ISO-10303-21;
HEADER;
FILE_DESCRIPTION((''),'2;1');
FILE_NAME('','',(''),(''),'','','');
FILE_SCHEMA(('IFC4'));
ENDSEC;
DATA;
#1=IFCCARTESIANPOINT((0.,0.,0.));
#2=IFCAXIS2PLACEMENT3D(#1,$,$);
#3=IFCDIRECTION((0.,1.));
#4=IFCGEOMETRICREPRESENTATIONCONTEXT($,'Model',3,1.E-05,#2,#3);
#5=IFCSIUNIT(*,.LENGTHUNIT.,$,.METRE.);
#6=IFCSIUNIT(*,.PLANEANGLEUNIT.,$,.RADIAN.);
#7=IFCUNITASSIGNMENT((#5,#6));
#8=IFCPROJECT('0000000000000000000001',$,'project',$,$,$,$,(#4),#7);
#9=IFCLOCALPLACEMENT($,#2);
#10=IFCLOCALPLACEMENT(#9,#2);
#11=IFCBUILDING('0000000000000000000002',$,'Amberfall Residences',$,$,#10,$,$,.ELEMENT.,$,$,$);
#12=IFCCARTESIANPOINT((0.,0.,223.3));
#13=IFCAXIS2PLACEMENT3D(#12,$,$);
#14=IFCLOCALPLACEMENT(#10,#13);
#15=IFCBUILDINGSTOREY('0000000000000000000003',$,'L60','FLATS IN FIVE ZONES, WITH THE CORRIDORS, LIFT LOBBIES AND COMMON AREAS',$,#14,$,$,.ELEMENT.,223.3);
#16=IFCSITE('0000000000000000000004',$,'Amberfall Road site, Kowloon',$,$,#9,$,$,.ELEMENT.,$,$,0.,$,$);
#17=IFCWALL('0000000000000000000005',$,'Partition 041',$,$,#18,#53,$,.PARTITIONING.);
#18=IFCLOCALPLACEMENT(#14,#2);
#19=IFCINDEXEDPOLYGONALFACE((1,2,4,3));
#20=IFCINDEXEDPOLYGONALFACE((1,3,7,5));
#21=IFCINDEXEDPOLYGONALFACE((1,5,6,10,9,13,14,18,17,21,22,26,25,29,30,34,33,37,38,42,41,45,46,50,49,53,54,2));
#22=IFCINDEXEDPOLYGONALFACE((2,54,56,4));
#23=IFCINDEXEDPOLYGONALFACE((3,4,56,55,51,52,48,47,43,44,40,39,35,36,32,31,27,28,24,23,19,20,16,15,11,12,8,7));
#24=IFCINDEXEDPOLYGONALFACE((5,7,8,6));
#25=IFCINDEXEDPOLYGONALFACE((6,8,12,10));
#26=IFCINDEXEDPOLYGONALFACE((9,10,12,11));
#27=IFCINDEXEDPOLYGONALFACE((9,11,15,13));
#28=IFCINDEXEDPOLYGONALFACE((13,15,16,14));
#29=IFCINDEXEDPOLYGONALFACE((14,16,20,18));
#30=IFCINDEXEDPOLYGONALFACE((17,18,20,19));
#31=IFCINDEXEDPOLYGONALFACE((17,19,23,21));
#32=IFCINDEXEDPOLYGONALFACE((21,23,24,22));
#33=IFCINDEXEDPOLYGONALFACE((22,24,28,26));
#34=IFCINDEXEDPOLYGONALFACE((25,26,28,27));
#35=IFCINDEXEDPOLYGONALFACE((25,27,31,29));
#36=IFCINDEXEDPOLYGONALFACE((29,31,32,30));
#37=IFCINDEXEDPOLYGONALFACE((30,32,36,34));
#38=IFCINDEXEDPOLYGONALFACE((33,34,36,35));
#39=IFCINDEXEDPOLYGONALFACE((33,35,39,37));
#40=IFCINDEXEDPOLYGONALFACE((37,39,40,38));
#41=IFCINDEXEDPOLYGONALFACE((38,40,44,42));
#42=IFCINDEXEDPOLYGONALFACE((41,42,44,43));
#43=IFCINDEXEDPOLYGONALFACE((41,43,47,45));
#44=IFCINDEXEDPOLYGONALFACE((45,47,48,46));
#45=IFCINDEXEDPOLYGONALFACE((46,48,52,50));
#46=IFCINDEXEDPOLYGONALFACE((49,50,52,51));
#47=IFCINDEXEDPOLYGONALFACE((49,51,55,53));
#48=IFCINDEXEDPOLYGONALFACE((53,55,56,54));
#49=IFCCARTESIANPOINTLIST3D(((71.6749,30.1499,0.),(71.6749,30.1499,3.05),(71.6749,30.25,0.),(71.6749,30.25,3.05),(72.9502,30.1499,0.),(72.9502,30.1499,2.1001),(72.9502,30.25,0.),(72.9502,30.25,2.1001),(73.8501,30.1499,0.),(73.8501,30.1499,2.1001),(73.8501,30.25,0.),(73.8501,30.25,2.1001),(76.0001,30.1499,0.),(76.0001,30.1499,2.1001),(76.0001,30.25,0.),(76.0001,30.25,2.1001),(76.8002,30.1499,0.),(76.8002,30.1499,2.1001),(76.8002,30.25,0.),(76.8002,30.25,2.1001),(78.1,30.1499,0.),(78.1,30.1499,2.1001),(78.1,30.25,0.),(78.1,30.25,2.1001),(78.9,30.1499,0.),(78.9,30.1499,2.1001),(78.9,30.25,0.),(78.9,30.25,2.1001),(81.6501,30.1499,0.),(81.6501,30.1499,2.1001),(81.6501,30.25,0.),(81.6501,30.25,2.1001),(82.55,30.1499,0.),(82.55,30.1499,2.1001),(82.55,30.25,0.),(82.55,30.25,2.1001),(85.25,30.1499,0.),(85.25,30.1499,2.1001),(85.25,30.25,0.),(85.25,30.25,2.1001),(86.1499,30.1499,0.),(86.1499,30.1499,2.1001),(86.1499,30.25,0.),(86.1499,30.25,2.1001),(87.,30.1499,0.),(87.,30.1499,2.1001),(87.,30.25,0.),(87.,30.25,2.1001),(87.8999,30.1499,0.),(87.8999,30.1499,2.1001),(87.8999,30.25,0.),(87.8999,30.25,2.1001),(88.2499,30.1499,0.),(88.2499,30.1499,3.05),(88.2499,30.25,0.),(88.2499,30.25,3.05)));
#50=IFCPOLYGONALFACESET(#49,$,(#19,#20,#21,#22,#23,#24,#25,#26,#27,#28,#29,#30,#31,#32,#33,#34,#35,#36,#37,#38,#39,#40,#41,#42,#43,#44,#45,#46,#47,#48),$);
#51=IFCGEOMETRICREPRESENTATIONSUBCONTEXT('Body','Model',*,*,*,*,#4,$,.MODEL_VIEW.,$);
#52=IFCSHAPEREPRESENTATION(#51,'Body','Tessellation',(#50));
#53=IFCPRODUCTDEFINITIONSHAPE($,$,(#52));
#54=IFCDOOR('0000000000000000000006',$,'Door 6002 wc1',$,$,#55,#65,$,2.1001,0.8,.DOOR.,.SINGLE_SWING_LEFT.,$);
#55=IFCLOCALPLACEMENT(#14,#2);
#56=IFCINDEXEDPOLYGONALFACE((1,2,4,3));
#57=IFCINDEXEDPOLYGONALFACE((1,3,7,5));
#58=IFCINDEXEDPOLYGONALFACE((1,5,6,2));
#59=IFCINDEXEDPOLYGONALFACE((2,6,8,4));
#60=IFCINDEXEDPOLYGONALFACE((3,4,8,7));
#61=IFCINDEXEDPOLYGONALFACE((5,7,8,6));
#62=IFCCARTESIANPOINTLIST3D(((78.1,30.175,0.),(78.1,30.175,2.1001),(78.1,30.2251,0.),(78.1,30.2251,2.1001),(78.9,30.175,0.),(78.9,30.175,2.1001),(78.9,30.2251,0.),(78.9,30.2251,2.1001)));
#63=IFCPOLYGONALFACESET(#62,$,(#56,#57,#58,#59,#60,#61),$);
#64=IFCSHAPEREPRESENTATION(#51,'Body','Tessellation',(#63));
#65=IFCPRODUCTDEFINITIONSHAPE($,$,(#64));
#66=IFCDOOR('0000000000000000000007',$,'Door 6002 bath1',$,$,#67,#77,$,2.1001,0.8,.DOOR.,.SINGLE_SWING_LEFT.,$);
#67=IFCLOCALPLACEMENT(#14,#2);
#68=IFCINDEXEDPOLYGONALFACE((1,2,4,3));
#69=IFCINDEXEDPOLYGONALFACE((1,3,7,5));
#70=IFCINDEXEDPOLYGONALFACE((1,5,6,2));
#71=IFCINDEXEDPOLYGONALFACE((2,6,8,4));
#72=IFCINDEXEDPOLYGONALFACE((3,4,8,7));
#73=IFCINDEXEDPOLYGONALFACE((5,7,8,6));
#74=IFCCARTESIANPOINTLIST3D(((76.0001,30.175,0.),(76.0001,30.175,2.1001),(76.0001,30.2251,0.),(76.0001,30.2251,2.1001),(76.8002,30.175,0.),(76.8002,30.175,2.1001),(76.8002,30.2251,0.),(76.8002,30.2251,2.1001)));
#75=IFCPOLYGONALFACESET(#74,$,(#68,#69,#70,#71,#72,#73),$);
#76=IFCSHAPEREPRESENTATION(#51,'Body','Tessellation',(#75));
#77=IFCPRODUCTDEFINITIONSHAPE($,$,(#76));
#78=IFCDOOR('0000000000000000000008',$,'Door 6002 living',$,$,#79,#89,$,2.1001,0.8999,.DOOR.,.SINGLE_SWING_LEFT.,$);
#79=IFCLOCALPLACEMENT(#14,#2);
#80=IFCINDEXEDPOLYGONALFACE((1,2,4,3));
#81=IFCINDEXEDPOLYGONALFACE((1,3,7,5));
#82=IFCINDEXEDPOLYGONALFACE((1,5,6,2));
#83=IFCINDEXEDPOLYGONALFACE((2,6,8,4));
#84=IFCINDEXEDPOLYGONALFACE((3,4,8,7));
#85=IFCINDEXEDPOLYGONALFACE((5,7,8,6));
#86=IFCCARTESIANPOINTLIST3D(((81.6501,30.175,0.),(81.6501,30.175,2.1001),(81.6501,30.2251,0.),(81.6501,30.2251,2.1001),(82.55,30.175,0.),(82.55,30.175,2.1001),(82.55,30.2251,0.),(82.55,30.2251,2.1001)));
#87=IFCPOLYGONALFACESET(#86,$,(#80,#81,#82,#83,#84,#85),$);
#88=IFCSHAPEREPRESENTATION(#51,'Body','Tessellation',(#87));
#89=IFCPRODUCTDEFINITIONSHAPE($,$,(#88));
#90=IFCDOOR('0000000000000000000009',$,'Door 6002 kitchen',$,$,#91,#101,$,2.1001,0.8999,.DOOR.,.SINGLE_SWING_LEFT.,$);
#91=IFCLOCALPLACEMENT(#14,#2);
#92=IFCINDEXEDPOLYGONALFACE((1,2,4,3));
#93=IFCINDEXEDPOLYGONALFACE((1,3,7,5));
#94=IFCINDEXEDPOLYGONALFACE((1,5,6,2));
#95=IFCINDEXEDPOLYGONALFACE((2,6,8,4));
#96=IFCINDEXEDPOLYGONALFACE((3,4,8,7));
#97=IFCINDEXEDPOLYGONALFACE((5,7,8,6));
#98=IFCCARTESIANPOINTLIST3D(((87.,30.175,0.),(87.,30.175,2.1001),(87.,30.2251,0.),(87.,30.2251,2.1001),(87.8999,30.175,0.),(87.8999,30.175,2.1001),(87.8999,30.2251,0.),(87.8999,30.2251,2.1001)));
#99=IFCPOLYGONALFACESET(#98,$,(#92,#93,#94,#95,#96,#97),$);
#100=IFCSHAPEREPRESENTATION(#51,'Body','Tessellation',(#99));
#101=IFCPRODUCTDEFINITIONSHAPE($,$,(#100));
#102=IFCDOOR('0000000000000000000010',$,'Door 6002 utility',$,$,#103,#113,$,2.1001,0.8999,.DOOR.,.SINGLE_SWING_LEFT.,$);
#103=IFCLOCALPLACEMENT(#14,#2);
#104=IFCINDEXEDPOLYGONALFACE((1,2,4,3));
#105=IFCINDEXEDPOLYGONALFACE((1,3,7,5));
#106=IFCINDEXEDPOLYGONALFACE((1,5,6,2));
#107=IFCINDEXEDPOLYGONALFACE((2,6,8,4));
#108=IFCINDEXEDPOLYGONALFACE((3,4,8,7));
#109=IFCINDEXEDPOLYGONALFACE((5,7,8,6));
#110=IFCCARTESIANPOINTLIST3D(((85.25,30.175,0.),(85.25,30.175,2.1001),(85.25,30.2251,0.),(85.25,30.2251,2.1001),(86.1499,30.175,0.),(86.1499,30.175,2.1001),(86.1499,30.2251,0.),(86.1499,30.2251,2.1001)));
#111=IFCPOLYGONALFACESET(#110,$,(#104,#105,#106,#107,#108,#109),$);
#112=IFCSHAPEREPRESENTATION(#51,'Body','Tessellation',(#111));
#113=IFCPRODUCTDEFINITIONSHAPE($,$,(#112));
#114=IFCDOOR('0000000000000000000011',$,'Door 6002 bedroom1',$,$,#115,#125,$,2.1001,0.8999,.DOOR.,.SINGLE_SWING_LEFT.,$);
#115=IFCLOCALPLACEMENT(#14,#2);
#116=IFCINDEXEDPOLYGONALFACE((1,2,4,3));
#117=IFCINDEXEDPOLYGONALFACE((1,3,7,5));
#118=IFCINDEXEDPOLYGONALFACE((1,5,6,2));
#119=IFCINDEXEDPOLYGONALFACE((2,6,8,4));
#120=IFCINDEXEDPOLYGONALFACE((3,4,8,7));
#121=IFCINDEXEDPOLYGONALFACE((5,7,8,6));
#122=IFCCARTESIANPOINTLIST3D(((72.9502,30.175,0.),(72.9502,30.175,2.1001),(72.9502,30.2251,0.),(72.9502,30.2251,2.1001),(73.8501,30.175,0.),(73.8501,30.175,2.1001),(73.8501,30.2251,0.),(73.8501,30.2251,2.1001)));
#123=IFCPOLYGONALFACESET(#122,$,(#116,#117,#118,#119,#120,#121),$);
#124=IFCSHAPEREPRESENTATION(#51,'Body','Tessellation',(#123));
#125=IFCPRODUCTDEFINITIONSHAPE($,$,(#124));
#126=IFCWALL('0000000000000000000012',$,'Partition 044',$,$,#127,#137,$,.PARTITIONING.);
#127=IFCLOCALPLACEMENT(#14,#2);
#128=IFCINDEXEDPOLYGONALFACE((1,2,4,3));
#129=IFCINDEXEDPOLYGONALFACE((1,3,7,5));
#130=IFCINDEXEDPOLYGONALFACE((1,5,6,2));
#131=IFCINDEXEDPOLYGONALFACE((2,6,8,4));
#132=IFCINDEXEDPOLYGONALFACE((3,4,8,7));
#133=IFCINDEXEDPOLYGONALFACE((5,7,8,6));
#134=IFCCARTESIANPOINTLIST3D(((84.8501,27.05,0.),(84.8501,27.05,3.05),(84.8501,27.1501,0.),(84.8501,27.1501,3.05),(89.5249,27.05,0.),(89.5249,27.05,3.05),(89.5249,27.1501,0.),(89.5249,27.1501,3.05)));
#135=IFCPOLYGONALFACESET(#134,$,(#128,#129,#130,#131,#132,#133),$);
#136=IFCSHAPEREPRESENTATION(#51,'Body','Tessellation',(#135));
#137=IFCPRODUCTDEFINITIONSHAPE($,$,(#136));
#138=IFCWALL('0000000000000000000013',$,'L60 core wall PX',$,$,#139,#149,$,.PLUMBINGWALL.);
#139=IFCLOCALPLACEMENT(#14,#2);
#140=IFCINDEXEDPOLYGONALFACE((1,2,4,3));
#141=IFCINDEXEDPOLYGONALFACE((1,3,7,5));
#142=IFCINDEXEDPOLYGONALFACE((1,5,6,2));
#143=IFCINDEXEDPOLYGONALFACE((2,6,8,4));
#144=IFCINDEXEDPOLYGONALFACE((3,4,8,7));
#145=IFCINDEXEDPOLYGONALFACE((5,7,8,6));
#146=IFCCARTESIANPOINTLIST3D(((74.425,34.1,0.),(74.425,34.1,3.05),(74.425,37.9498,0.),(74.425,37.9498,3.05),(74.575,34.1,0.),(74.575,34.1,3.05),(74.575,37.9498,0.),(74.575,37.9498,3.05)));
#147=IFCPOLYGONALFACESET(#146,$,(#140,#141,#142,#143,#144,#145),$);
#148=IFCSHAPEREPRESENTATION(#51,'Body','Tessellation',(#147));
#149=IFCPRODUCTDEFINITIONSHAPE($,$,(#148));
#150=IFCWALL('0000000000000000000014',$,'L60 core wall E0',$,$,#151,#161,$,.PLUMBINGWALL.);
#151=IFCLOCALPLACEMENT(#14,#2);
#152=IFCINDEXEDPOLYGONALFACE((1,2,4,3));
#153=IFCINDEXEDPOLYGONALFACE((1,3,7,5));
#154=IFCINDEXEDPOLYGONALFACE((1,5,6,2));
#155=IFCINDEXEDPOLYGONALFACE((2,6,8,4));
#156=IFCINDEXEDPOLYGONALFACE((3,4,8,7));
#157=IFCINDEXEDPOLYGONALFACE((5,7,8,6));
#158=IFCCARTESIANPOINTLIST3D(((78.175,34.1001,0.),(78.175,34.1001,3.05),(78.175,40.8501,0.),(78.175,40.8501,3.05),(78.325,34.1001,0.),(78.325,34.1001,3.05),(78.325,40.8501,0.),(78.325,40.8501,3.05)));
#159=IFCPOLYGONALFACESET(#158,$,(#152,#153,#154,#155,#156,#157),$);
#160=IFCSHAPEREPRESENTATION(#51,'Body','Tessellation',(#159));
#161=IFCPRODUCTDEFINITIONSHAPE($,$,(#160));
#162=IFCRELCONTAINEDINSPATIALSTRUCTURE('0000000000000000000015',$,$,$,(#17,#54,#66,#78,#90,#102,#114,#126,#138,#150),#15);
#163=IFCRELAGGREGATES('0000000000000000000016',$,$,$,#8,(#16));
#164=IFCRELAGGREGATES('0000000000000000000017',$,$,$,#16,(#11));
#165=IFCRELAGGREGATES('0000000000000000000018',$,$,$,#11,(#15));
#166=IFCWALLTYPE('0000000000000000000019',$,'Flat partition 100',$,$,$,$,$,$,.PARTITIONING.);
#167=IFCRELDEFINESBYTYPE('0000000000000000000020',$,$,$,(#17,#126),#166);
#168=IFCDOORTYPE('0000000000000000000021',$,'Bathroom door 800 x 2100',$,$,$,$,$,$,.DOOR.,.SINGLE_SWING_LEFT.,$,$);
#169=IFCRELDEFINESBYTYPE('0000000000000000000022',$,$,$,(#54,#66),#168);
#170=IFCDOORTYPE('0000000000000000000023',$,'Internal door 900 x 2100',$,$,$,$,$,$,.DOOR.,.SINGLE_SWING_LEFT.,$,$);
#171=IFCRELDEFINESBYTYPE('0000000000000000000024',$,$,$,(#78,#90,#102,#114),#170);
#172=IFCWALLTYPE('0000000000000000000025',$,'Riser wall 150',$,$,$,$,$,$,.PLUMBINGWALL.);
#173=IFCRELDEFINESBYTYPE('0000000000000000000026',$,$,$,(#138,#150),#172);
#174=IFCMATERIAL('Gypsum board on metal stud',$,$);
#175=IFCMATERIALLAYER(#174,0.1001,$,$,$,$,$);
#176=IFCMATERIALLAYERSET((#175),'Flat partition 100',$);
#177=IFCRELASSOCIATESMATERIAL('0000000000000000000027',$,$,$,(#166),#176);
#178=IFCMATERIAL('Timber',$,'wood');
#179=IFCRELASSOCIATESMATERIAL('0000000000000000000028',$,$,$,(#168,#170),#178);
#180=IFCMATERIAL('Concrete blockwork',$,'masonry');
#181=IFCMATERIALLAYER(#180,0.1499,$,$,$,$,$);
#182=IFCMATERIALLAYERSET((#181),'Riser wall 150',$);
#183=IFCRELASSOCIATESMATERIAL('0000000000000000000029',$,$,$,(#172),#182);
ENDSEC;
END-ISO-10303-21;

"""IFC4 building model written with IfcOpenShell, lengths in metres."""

from ifc_helpers import new_model, si_unit, direction, frame, frame_2d, origin, place, context, subcontext, project, spatial, rectangle, extrude, material, layer, layer_set, type_object, element, fill, save


model = new_model("IFC4")

# Units and contexts
model_context = context("Model", 3, precision=1e-05, world=origin(), true_north=direction((0.0, 1.0)))
body_context = subcontext(model_context, "Body", "Model", "MODEL_VIEW")
ifc_project = project(units=[si_unit("LENGTHUNIT", "METRE"), si_unit("PLANEANGLEUNIT", "RADIAN")], contexts=[model_context])

# Site, building, storey
site_placement = place(None, origin())
site = spatial("IfcSite", under=ifc_project, at=site_placement, Name="Amberfall Road site, Kowloon", CompositionType="ELEMENT", RefElevation=0.0)
building_placement = place(site_placement, origin())
building = spatial("IfcBuilding", under=site, at=building_placement, Name="Amberfall Residences", CompositionType="ELEMENT")
storey_placement = place(building_placement, frame((0.0, 0.0, 223.3)))
storey = spatial("IfcBuildingStorey", under=building, at=storey_placement, Name="L60", Description="FLATS IN FIVE ZONES, WITH THE CORRIDORS, LIFT LOBBIES AND COMMON AREAS", CompositionType="ELEMENT", Elevation=223.3)

# Shared definitions
ifc_material_1 = material(Name="Gypsum board on metal stud")
ifc_layer_1 = layer(ifc_material_1, 0.1001)
ifc_layer_set_1 = layer_set([ifc_layer_1], Name="Flat partition 100")
wall_type_1 = type_object("IfcWallType", Name="Flat partition 100", PredefinedType="PARTITIONING", material=ifc_layer_set_1)

# Wall, openings, doors
wall_1_placement = place(storey_placement, frame((88.25, 30.2, 0.0), z_axis=(0.0, 0.0, 1.0), x_axis=(-1.0, 0.0, 0.0)))
wall_1 = element("IfcWall", 1, at=wall_1_placement, inside=storey, type_object=wall_type_1, Name="Partition 041", PredefinedType="PARTITIONING", context=body_context, shape_type="SweptSolid", body=[
    extrude(rectangle(XDim=16.575, YDim=0.1001, at=frame_2d((8.2876, 0.0))), origin(), (0.0, 0.0, 1.0), 3.05),
])
opening_1_placement = place(wall_1_placement, frame((5.7, 0.0, 0.0)))
opening_1 = element("IfcOpeningElement", 2, at=opening_1_placement, cuts=wall_1, PredefinedType="OPENING", context=body_context, shape_type="SweptSolid", body=[
    extrude(rectangle(XDim=0.8999, YDim=2.1001, at=frame_2d((0.45, 1.05))), frame((0.0, 0.0601, 0.0), z_axis=(0.0, -1.0, 0.0), x_axis=(1.0, 0.0, 0.0)), (0.0, 0.0, 1.0), 0.1201),
])
opening_2_placement = place(wall_1_placement, frame((0.3501, 0.0, 0.0)))
opening_2 = element("IfcOpeningElement", 3, at=opening_2_placement, cuts=wall_1, PredefinedType="OPENING", context=body_context, shape_type="SweptSolid", body=[
    extrude(rectangle(XDim=0.8999, YDim=2.1001, at=frame_2d((0.45, 1.05))), frame((0.0, 0.0601, 0.0), z_axis=(0.0, -1.0, 0.0), x_axis=(1.0, 0.0, 0.0)), (0.0, 0.0, 1.0), 0.1201),
])
opening_3_placement = place(wall_1_placement, frame((2.1001, 0.0, 0.0)))
opening_3 = element("IfcOpeningElement", 4, at=opening_3_placement, cuts=wall_1, PredefinedType="OPENING", context=body_context, shape_type="SweptSolid", body=[
    extrude(rectangle(XDim=0.8999, YDim=2.1001, at=frame_2d((0.45, 1.05))), frame((0.0, 0.0601, 0.0), z_axis=(0.0, -1.0, 0.0), x_axis=(1.0, 0.0, 0.0)), (0.0, 0.0, 1.0), 0.1201),
])
opening_4_placement = place(wall_1_placement, frame((9.3501, 0.0, 0.0)))
opening_4 = element("IfcOpeningElement", 5, at=opening_4_placement, cuts=wall_1, PredefinedType="OPENING", context=body_context, shape_type="SweptSolid", body=[
    extrude(rectangle(XDim=0.8, YDim=2.1001, at=frame_2d((0.3999, 1.05))), frame((0.0, 0.0601, 0.0), z_axis=(0.0, -1.0, 0.0), x_axis=(1.0, 0.0, 0.0)), (0.0, 0.0, 1.0), 0.1201),
])
opening_5_placement = place(wall_1_placement, frame((14.3999, 0.0, 0.0)))
opening_5 = element("IfcOpeningElement", 6, at=opening_5_placement, cuts=wall_1, PredefinedType="OPENING", context=body_context, shape_type="SweptSolid", body=[
    extrude(rectangle(XDim=0.8999, YDim=2.1001, at=frame_2d((0.45, 1.05))), frame((0.0, 0.0601, 0.0), z_axis=(0.0, -1.0, 0.0), x_axis=(1.0, 0.0, 0.0)), (0.0, 0.0, 1.0), 0.1201),
])
opening_6_placement = place(wall_1_placement, frame((11.45, 0.0, 0.0)))
opening_6 = element("IfcOpeningElement", 7, at=opening_6_placement, cuts=wall_1, PredefinedType="OPENING", context=body_context, shape_type="SweptSolid", body=[
    extrude(rectangle(XDim=0.8, YDim=2.1001, at=frame_2d((0.3999, 1.05))), frame((0.0, 0.0601, 0.0), z_axis=(0.0, -1.0, 0.0), x_axis=(1.0, 0.0, 0.0)), (0.0, 0.0, 1.0), 0.1201),
])
ifc_material_2 = material(Name="Timber", Category="wood")
door_type_1 = type_object("IfcDoorType", Name="Bathroom door 800 x 2100", OperationType="SINGLE_SWING_LEFT", PredefinedType="DOOR", material=ifc_material_2)
door_1_placement = place(opening_4_placement, origin())
door_1 = element("IfcDoor", 8, at=door_1_placement, inside=storey, type_object=door_type_1, Name="Door 6002 wc1", OperationType="SINGLE_SWING_LEFT", OverallHeight=2.1001, OverallWidth=0.8, PredefinedType="DOOR", context=body_context, shape_type="SweptSolid", body=[
    extrude(rectangle(XDim=0.8, YDim=2.1001, at=frame_2d((0.3999, 1.05))), frame((0.0, 0.0249, 0.0), z_axis=(0.0, -1.0, 0.0), x_axis=(1.0, 0.0, 0.0)), (0.0, 0.0, 1.0), 0.05),
])
fill(opening_4, door_1)
door_2_placement = place(opening_6_placement, origin())
door_2 = element("IfcDoor", 9, at=door_2_placement, inside=storey, type_object=door_type_1, Name="Door 6002 bath1", OperationType="SINGLE_SWING_LEFT", OverallHeight=2.1001, OverallWidth=0.8, PredefinedType="DOOR", context=body_context, shape_type="SweptSolid", body=[
    extrude(rectangle(XDim=0.8, YDim=2.1001, at=frame_2d((0.3999, 1.05))), frame((0.0, 0.0249, 0.0), z_axis=(0.0, -1.0, 0.0), x_axis=(1.0, 0.0, 0.0)), (0.0, 0.0, 1.0), 0.05),
])
fill(opening_6, door_2)
door_type_2 = type_object("IfcDoorType", Name="Internal door 900 x 2100", OperationType="SINGLE_SWING_LEFT", PredefinedType="DOOR", material=ifc_material_2)
door_3_placement = place(opening_1_placement, origin())
door_3 = element("IfcDoor", 10, at=door_3_placement, inside=storey, type_object=door_type_2, Name="Door 6002 living", OperationType="SINGLE_SWING_LEFT", OverallHeight=2.1001, OverallWidth=0.8999, PredefinedType="DOOR", context=body_context, shape_type="SweptSolid", body=[
    extrude(rectangle(XDim=0.8999, YDim=2.1001, at=frame_2d((0.45, 1.05))), frame((0.0, 0.0249, 0.0), z_axis=(0.0, -1.0, 0.0), x_axis=(1.0, 0.0, 0.0)), (0.0, 0.0, 1.0), 0.05),
])
fill(opening_1, door_3)
door_4_placement = place(opening_2_placement, origin())
door_4 = element("IfcDoor", 11, at=door_4_placement, inside=storey, type_object=door_type_2, Name="Door 6002 kitchen", OperationType="SINGLE_SWING_LEFT", OverallHeight=2.1001, OverallWidth=0.8999, PredefinedType="DOOR", context=body_context, shape_type="SweptSolid", body=[
    extrude(rectangle(XDim=0.8999, YDim=2.1001, at=frame_2d((0.45, 1.05))), frame((0.0, 0.0249, 0.0), z_axis=(0.0, -1.0, 0.0), x_axis=(1.0, 0.0, 0.0)), (0.0, 0.0, 1.0), 0.05),
])
fill(opening_2, door_4)
door_5_placement = place(opening_3_placement, origin())
door_5 = element("IfcDoor", 12, at=door_5_placement, inside=storey, type_object=door_type_2, Name="Door 6002 utility", OperationType="SINGLE_SWING_LEFT", OverallHeight=2.1001, OverallWidth=0.8999, PredefinedType="DOOR", context=body_context, shape_type="SweptSolid", body=[
    extrude(rectangle(XDim=0.8999, YDim=2.1001, at=frame_2d((0.45, 1.05))), frame((0.0, 0.0249, 0.0), z_axis=(0.0, -1.0, 0.0), x_axis=(1.0, 0.0, 0.0)), (0.0, 0.0, 1.0), 0.05),
])
fill(opening_3, door_5)
door_6_placement = place(opening_5_placement, origin())
door_6 = element("IfcDoor", 13, at=door_6_placement, inside=storey, type_object=door_type_2, Name="Door 6002 bedroom1", OperationType="SINGLE_SWING_LEFT", OverallHeight=2.1001, OverallWidth=0.8999, PredefinedType="DOOR", context=body_context, shape_type="SweptSolid", body=[
    extrude(rectangle(XDim=0.8999, YDim=2.1001, at=frame_2d((0.45, 1.05))), frame((0.0, 0.0249, 0.0), z_axis=(0.0, -1.0, 0.0), x_axis=(1.0, 0.0, 0.0)), (0.0, 0.0, 1.0), 0.05),
])
fill(opening_5, door_6)

# Walls
wall_2_placement = place(storey_placement, frame((84.8501, 27.1001, 0.0), z_axis=(0.0, 0.0, 1.0), x_axis=(1.0, 0.0, 0.0)))
element("IfcWall", 14, at=wall_2_placement, inside=storey, type_object=wall_type_1, Name="Partition 044", PredefinedType="PARTITIONING", context=body_context, shape_type="SweptSolid", body=[
    extrude(rectangle(XDim=4.6748, YDim=0.1001, at=frame_2d((2.3374, 0.0))), origin(), (0.0, 0.0, 1.0), 3.05),
])
ifc_material_3 = material(Name="Concrete blockwork", Category="masonry")
ifc_layer_2 = layer(ifc_material_3, 0.1499)
ifc_layer_set_2 = layer_set([ifc_layer_2], Name="Riser wall 150")
wall_type_2 = type_object("IfcWallType", Name="Riser wall 150", PredefinedType="PLUMBINGWALL", material=ifc_layer_set_2)
wall_3_placement = place(storey_placement, frame((74.5, 34.1001, 0.0), z_axis=(0.0, 0.0, 1.0), x_axis=(0.0, 1.0, 0.0)))
element("IfcWall", 15, at=wall_3_placement, inside=storey, type_object=wall_type_2, Name="L60 core wall PX", PredefinedType="PLUMBINGWALL", context=body_context, shape_type="SweptSolid", body=[
    extrude(rectangle(XDim=3.8499, YDim=0.1499, at=frame_2d((1.9248, 0.0))), origin(), (0.0, 0.0, 1.0), 3.05),
])
wall_4_placement = place(storey_placement, frame((78.25, 34.1001, 0.0), z_axis=(0.0, 0.0, 1.0), x_axis=(0.0, 1.0, 0.0)))
element("IfcWall", 16, at=wall_4_placement, inside=storey, type_object=wall_type_2, Name="L60 core wall E0", PredefinedType="PLUMBINGWALL", context=body_context, shape_type="SweptSolid", body=[
    extrude(rectangle(XDim=6.75, YDim=0.1499, at=frame_2d((3.375, 0.0))), origin(), (0.0, 0.0, 1.0), 3.05),
])

save(model, "model.ifc")
